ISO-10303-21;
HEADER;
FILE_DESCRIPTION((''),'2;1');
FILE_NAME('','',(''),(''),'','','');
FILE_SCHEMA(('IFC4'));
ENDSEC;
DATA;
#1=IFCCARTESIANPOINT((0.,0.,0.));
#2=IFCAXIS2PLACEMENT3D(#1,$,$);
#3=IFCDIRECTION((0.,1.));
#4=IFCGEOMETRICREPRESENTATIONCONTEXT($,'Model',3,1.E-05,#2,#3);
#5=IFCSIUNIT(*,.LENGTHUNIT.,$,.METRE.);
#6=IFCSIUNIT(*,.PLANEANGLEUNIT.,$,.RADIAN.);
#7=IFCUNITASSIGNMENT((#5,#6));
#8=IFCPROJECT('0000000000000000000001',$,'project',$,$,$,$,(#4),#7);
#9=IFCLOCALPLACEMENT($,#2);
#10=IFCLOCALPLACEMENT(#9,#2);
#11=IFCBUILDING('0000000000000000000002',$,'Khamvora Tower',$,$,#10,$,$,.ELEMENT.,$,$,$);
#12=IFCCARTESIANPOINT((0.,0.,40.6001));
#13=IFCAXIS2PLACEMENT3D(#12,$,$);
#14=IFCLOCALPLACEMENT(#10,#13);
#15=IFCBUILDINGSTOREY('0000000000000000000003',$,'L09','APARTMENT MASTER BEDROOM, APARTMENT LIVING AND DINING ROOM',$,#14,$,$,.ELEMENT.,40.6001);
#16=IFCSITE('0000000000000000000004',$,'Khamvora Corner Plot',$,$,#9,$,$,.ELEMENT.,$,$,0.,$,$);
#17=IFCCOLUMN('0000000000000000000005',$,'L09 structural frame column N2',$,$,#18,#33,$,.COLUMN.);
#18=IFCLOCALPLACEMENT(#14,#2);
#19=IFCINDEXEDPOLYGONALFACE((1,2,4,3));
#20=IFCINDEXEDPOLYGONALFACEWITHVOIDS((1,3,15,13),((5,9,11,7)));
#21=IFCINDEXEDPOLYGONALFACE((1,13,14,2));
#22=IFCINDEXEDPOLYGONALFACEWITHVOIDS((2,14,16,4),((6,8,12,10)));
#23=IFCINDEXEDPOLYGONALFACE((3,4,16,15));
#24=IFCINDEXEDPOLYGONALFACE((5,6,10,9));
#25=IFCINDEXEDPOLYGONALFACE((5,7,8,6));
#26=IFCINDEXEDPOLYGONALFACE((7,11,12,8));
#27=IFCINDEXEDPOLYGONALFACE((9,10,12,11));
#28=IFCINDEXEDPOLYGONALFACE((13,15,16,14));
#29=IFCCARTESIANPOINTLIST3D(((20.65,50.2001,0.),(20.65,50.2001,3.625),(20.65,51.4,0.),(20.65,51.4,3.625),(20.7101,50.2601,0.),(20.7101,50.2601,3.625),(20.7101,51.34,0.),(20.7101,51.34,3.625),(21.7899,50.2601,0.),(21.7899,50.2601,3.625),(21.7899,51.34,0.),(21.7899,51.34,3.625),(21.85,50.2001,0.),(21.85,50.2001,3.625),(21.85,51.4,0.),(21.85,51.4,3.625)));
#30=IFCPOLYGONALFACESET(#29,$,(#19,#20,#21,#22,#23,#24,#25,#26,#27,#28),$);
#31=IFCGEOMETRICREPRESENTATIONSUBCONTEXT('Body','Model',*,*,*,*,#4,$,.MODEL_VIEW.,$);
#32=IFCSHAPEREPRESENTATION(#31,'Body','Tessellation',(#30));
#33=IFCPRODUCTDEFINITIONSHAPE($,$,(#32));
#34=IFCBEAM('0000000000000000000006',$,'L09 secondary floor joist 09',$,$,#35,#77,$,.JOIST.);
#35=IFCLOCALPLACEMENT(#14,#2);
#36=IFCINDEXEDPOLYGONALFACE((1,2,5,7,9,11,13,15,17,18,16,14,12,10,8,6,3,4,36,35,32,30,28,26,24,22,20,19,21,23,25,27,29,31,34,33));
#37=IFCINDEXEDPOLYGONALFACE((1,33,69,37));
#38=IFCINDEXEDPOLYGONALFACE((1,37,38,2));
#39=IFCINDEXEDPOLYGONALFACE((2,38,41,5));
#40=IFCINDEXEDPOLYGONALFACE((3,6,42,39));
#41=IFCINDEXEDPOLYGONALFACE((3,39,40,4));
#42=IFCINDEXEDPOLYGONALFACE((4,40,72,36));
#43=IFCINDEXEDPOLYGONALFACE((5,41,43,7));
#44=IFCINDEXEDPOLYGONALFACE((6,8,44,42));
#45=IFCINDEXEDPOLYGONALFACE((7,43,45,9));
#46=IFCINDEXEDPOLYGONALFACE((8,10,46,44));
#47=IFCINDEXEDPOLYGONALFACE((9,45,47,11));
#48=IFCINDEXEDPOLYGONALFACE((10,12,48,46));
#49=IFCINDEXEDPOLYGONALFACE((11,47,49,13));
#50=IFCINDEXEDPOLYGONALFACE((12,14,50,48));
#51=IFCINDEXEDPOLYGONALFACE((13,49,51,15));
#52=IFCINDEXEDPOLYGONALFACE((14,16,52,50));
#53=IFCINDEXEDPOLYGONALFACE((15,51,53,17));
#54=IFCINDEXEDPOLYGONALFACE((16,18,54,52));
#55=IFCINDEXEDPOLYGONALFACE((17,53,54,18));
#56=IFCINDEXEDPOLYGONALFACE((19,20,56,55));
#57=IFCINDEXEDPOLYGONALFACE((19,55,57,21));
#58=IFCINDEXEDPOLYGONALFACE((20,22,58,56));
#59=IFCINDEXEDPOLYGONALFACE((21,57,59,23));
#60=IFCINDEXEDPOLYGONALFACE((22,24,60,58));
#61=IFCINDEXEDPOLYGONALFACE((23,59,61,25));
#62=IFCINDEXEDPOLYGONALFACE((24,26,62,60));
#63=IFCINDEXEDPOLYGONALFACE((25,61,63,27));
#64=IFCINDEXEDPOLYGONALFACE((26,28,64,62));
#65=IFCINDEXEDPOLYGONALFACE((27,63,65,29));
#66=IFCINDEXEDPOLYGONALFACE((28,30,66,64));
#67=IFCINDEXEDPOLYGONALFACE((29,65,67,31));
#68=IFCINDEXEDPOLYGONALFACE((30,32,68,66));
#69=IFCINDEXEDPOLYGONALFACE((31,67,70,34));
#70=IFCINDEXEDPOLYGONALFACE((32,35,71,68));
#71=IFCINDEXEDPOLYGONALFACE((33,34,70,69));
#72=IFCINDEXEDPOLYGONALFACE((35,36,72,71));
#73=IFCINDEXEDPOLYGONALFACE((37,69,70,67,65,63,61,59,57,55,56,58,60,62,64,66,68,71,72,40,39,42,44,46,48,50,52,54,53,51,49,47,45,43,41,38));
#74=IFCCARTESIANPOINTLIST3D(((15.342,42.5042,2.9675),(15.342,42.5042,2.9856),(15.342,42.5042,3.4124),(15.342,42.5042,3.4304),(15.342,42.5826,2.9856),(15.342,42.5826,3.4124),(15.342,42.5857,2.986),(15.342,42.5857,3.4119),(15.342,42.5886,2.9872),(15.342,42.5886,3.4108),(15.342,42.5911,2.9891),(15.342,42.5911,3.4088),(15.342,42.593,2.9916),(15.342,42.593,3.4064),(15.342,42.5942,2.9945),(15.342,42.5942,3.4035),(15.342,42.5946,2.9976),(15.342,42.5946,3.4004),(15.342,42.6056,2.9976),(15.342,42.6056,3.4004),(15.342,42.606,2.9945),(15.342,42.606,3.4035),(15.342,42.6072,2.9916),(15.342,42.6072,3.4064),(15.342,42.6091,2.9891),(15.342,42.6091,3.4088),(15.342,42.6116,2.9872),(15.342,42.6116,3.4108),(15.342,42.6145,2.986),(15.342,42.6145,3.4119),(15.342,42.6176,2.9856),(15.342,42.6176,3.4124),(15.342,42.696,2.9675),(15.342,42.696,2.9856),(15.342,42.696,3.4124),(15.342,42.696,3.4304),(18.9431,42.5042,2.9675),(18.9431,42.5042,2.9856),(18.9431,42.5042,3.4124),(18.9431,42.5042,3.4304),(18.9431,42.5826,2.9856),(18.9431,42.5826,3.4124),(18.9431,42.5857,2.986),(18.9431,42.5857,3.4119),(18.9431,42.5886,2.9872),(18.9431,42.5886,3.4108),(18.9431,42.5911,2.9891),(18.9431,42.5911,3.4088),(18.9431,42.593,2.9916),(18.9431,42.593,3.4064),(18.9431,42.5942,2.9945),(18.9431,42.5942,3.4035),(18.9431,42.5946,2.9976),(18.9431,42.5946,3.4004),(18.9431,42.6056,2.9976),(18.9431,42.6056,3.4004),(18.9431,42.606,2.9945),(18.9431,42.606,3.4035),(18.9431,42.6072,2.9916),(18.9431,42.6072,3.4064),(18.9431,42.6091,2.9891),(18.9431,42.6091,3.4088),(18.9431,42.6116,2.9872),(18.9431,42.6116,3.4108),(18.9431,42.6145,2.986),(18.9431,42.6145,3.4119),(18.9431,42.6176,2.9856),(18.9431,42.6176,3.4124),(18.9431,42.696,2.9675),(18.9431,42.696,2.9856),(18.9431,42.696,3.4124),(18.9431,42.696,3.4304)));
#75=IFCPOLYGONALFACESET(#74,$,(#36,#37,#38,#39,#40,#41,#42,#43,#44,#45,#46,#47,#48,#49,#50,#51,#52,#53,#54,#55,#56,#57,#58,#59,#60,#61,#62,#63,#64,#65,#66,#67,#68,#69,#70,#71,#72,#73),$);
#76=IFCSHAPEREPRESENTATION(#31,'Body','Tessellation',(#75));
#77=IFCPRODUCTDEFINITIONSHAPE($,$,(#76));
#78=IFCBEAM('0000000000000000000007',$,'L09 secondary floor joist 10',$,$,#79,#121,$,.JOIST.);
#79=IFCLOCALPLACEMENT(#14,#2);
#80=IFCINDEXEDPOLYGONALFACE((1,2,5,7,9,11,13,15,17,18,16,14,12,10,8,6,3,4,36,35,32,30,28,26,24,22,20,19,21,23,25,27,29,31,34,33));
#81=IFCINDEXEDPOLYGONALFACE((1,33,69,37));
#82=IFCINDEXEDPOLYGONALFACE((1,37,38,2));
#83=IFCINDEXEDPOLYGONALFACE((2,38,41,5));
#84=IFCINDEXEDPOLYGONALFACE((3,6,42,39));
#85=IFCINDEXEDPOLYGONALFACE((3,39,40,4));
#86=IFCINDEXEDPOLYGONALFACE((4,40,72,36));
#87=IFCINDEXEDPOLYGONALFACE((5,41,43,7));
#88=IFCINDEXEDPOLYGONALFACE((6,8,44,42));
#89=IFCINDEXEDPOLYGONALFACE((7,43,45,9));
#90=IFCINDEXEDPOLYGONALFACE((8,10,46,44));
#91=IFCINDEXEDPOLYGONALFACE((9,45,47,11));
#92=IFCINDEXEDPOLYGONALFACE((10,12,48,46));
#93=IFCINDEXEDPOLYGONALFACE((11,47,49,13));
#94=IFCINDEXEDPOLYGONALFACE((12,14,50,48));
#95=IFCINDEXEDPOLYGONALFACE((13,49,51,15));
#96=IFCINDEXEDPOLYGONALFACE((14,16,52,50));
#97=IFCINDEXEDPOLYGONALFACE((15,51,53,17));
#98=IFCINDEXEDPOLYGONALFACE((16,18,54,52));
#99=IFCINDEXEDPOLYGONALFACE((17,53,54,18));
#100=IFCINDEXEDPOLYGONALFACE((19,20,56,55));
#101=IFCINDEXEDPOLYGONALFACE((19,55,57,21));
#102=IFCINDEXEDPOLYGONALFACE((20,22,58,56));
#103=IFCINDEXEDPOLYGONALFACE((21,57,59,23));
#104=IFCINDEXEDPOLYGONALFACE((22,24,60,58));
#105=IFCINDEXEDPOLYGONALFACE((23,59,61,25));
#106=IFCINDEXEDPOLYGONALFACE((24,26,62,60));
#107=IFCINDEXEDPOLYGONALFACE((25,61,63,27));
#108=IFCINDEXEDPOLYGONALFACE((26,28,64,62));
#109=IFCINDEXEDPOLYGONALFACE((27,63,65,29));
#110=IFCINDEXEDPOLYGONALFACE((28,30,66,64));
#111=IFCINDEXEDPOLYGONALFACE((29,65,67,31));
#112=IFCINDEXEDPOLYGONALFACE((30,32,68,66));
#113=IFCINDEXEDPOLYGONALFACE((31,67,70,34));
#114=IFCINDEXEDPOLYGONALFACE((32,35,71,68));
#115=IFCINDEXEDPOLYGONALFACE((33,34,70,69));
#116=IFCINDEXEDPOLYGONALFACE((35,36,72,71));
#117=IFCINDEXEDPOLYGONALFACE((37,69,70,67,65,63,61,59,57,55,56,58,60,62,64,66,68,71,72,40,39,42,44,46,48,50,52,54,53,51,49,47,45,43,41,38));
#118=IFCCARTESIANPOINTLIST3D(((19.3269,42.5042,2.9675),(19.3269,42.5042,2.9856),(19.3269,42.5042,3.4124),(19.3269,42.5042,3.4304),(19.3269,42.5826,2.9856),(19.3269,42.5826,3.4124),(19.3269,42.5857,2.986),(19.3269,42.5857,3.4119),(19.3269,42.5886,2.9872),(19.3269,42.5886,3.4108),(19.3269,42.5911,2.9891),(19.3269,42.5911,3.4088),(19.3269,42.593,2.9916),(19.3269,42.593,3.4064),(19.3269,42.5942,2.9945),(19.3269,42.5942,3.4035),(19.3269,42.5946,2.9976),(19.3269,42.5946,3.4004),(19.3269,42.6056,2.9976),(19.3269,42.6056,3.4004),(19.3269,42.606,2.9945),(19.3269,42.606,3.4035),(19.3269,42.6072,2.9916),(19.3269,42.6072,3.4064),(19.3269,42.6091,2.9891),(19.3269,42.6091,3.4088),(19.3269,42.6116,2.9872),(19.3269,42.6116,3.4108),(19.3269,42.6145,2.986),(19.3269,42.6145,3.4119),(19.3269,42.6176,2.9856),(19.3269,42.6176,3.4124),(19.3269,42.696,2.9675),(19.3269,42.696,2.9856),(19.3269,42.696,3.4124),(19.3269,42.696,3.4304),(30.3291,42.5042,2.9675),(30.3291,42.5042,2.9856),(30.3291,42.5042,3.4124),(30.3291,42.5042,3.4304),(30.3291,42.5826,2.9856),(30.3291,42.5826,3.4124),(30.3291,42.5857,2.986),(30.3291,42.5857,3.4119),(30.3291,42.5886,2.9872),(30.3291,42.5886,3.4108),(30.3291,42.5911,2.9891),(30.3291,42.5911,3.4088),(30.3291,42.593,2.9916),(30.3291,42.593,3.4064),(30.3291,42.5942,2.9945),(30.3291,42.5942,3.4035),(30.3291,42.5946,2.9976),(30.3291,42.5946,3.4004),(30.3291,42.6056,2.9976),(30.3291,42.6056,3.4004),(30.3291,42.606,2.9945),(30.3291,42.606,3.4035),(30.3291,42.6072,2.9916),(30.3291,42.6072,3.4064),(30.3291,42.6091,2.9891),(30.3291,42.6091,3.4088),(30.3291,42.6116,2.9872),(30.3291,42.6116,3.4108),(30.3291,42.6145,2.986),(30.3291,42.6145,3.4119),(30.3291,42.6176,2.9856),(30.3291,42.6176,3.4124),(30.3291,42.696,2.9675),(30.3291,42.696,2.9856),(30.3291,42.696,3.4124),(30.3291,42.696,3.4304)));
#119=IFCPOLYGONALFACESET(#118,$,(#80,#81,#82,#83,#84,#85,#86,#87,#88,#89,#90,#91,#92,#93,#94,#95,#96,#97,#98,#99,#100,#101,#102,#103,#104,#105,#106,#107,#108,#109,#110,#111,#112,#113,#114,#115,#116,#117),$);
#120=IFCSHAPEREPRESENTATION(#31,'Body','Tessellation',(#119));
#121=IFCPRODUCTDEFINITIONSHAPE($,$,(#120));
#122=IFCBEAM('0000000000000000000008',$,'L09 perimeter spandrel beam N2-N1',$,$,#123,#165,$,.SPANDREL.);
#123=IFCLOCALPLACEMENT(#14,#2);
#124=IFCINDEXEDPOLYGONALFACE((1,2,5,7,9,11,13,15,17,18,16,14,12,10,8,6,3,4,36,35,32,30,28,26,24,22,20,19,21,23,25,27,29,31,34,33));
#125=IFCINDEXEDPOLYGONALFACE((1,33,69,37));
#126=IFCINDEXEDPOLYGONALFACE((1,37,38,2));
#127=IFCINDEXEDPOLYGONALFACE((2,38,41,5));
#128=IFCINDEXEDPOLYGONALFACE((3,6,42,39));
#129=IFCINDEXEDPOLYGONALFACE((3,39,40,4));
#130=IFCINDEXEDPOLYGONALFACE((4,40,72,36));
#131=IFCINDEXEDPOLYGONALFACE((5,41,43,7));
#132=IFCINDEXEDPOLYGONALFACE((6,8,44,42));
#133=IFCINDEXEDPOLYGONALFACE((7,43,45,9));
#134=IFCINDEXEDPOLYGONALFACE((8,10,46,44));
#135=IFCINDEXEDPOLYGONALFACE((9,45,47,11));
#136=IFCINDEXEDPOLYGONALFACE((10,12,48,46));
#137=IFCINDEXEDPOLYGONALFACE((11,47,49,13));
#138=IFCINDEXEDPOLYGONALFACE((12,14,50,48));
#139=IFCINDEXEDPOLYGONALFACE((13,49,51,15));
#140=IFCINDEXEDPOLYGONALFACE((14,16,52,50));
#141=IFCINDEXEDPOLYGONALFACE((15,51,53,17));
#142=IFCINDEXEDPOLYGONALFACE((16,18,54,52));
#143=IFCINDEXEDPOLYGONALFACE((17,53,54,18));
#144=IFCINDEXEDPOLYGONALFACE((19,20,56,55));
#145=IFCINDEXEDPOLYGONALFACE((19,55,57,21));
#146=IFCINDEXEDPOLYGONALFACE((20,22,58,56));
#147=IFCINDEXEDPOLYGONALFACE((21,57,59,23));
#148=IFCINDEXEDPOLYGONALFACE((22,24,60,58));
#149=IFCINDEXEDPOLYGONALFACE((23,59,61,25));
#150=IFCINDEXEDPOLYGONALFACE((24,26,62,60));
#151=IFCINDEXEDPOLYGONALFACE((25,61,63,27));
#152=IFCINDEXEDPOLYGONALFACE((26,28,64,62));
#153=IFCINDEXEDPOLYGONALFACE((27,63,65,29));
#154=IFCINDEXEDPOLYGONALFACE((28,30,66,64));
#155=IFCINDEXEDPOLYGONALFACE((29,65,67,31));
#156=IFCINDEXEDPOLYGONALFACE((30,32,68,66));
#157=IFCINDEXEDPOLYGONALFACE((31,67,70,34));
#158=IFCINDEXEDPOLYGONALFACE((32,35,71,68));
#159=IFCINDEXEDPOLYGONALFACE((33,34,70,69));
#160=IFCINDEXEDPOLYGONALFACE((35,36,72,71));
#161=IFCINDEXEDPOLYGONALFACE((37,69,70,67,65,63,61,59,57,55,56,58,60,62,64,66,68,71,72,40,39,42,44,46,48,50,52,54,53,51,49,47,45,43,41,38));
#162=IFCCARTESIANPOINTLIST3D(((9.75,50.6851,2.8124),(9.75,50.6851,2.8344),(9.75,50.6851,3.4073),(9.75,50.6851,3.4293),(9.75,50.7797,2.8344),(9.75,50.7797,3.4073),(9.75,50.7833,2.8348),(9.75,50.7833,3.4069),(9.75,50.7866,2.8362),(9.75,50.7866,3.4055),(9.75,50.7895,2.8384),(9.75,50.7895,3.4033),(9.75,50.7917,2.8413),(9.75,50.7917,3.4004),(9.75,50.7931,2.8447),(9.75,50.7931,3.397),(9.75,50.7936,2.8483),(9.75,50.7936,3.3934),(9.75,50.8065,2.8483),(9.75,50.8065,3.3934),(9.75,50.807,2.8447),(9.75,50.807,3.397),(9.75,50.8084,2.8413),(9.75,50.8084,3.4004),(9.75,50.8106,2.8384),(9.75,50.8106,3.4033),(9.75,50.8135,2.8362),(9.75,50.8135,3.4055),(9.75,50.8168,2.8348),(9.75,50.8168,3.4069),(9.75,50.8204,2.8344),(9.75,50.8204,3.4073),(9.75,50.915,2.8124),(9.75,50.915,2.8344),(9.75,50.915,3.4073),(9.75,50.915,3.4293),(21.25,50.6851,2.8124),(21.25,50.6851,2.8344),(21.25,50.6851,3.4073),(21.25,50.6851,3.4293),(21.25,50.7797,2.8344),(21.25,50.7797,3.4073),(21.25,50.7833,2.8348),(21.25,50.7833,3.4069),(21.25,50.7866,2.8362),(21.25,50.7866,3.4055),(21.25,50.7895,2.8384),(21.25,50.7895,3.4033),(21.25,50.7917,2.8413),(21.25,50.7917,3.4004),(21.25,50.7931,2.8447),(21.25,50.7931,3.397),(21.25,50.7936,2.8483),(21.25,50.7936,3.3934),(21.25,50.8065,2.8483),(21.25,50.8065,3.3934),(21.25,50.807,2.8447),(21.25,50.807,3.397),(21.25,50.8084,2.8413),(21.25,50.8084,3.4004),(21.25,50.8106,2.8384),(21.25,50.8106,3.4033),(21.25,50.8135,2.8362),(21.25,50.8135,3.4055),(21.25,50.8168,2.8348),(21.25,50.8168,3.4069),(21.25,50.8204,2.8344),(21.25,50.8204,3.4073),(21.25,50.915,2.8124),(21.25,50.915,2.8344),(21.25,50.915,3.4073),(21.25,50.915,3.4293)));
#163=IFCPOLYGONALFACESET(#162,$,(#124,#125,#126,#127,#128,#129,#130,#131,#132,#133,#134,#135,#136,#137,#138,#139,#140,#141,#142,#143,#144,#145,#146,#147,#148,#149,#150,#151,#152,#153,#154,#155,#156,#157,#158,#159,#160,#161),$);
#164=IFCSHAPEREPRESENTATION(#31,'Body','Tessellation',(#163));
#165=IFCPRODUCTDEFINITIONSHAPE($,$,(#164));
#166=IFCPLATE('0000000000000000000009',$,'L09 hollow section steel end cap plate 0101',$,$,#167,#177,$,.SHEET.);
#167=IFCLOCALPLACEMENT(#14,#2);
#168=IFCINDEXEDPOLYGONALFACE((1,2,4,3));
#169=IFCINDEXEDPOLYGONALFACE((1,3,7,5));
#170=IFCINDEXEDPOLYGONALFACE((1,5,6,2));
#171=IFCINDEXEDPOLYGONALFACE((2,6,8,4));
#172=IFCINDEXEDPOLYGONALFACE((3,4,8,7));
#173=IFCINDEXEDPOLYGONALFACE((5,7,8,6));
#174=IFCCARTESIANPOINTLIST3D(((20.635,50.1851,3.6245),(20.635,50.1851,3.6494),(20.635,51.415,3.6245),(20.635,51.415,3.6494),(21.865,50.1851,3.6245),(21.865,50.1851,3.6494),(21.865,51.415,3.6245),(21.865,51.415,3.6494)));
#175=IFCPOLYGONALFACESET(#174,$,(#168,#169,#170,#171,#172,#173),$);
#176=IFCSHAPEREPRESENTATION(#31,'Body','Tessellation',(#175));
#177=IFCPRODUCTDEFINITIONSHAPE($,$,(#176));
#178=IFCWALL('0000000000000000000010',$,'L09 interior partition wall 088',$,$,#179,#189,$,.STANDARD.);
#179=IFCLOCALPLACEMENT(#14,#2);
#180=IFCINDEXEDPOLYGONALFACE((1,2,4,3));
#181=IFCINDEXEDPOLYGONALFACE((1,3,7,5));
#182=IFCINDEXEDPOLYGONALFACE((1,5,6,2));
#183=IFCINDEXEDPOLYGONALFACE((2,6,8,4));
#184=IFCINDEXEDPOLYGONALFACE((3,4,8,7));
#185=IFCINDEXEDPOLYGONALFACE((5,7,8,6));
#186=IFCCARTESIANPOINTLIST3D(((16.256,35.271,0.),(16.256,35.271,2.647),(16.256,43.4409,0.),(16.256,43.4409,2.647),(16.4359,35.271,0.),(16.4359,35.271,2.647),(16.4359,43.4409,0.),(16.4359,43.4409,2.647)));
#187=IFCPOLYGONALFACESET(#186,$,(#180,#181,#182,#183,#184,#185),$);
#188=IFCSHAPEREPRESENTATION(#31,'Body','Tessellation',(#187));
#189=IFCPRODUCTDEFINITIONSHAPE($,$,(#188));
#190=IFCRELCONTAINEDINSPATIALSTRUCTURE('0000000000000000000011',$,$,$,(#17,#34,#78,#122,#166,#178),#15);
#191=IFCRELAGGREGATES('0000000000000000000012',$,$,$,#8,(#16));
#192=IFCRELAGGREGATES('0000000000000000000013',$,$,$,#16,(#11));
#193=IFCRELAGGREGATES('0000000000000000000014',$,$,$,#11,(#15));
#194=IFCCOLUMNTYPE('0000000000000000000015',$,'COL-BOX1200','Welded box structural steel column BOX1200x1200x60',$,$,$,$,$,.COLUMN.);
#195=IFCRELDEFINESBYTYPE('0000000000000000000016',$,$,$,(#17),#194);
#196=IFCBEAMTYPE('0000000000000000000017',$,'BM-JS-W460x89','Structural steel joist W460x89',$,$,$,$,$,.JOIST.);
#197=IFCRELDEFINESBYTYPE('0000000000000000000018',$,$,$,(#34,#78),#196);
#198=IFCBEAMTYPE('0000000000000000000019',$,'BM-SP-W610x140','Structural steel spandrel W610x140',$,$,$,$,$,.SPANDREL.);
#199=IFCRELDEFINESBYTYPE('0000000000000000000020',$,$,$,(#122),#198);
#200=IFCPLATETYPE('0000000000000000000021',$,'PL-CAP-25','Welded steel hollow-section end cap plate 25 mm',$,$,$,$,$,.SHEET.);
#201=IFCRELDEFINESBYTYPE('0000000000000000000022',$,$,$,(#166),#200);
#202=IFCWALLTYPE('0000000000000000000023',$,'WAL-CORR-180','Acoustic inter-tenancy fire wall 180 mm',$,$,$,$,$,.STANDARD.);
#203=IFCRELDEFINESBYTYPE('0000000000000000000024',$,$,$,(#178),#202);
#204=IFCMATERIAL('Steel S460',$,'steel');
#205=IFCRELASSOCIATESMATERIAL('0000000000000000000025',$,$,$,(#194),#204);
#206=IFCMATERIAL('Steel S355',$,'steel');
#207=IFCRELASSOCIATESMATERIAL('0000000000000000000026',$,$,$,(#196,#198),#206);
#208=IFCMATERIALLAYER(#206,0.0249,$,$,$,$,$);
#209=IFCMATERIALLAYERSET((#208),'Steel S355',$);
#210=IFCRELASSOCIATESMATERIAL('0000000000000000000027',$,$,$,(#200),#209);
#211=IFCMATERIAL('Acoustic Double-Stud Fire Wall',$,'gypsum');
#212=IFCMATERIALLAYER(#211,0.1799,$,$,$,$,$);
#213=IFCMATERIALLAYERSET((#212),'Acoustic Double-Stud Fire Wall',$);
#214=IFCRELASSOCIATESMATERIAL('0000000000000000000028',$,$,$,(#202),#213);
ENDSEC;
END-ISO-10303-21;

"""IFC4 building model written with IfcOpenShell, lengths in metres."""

from ifc_helpers import new_model, si_unit, direction, frame, frame_2d, origin, origin_2d, place, context, subcontext, project, spatial, rectangle, hollow_rectangle, i_section, extrude, material, layer, layer_set, material_profile, profile_set, type_object, element, save


model = new_model("IFC4")

# Units and contexts
model_context = context("Model", 3, precision=1e-05, world=origin(), true_north=direction((0.0, 1.0)))
body_context = subcontext(model_context, "Body", "Model", "MODEL_VIEW")
ifc_project = project(units=[si_unit("LENGTHUNIT", "METRE"), si_unit("PLANEANGLEUNIT", "RADIAN")], contexts=[model_context])

# Site, building, storey
site_placement = place(None, origin())
site = spatial("IfcSite", under=ifc_project, at=site_placement, Name="Khamvora Corner Plot", CompositionType="ELEMENT", RefElevation=0.0)
building_placement = place(site_placement, origin())
building = spatial("IfcBuilding", under=site, at=building_placement, Name="Khamvora Tower", CompositionType="ELEMENT")
storey_placement = place(building_placement, frame((0.0, 0.0, 40.6001)))
storey = spatial("IfcBuildingStorey", under=building, at=storey_placement, Name="L09", Description="APARTMENT MASTER BEDROOM, APARTMENT LIVING AND DINING ROOM", CompositionType="ELEMENT", Elevation=40.6001)

# Column
ifc_material_1 = material(Name="Steel S460", Category="steel")
ifc_material_profile_1 = material_profile(ifc_material_1, hollow_rectangle(XDim=1.2, YDim=1.2, WallThickness=0.0601, at=origin_2d()), Name="BOX1200x1200x60")
ifc_profile_set_1 = profile_set([ifc_material_profile_1], Name="Steel S460")
column_type = type_object("IfcColumnType", Name="COL-BOX1200", Description="Welded box structural steel column BOX1200x1200x60", PredefinedType="COLUMN", material=ifc_profile_set_1)
column_placement = place(storey_placement, frame((21.25, 50.8, 0.0), z_axis=(0.0, 0.0, 1.0), x_axis=(1.0, 0.0, 0.0)))
element("IfcColumn", 1, at=column_placement, inside=storey, type_object=column_type, Name="L09 structural frame column N2", PredefinedType="COLUMN", context=body_context, shape_type="SweptSolid", body=[
    extrude(hollow_rectangle(XDim=1.2, YDim=1.2, WallThickness=0.0601, at=origin_2d()), origin(), (0.0, 0.0, 1.0), 3.625),
])

# Beams
ifc_material_2 = material(Name="Steel S355", Category="steel")
ifc_material_profile_2 = material_profile(ifc_material_2, i_section(OverallWidth=0.1919, OverallDepth=0.4629, WebThickness=0.011, FlangeThickness=0.0181, FilletRadius=0.012, at=origin_2d()), Name="W460x89")
ifc_profile_set_2 = profile_set([ifc_material_profile_2], Name="Steel S355")
beam_type_1 = type_object("IfcBeamType", Name="BM-JS-W460x89", Description="Structural steel joist W460x89", PredefinedType="JOIST", material=ifc_profile_set_2)
beam_1_placement = place(storey_placement, frame((15.342, 42.6001, 3.199), z_axis=(1.0, 0.0, 0.0), x_axis=(0.0, 1.0, 0.0)))
element("IfcBeam", 2, at=beam_1_placement, inside=storey, type_object=beam_type_1, Name="L09 secondary floor joist 09", PredefinedType="JOIST", context=body_context, shape_type="SweptSolid", body=[
    extrude(i_section(OverallWidth=0.1919, OverallDepth=0.4629, WebThickness=0.011, FlangeThickness=0.0181, FilletRadius=0.012, at=origin_2d()), origin(), (0.0, 0.0, 1.0), 3.6011),
])
beam_2_placement = place(storey_placement, frame((19.3269, 42.6001, 3.199), z_axis=(1.0, 0.0, 0.0), x_axis=(0.0, 1.0, 0.0)))
element("IfcBeam", 3, at=beam_2_placement, inside=storey, type_object=beam_type_1, Name="L09 secondary floor joist 10", PredefinedType="JOIST", context=body_context, shape_type="SweptSolid", body=[
    extrude(i_section(OverallWidth=0.1919, OverallDepth=0.4629, WebThickness=0.011, FlangeThickness=0.0181, FilletRadius=0.012, at=origin_2d()), origin(), (0.0, 0.0, 1.0), 11.0022),
])
ifc_material_profile_3 = material_profile(ifc_material_2, i_section(OverallWidth=0.23, OverallDepth=0.6169, WebThickness=0.0129, FlangeThickness=0.022, FilletRadius=0.0139, at=origin_2d()), Name="W610x140")
ifc_profile_set_3 = profile_set([ifc_material_profile_3], Name="Steel S355")
beam_type_2 = type_object("IfcBeamType", Name="BM-SP-W610x140", Description="Structural steel spandrel W610x140", PredefinedType="SPANDREL", material=ifc_profile_set_3)
beam_3_placement = place(storey_placement, frame((21.25, 50.8, 3.1208), z_axis=(-1.0, 0.0, 0.0), x_axis=(0.0, -1.0, 0.0)))
element("IfcBeam", 4, at=beam_3_placement, inside=storey, type_object=beam_type_2, Name="L09 perimeter spandrel beam N2-N1", PredefinedType="SPANDREL", context=body_context, shape_type="SweptSolid", body=[
    extrude(i_section(OverallWidth=0.23, OverallDepth=0.6169, WebThickness=0.0129, FlangeThickness=0.022, FilletRadius=0.0139, at=origin_2d()), origin(), (0.0, 0.0, 1.0), 11.5),
])

# Plate
ifc_layer_1 = layer(ifc_material_2, 0.0249)
ifc_layer_set_1 = layer_set([ifc_layer_1], Name="Steel S355")
plate_type = type_object("IfcPlateType", Name="PL-CAP-25", Description="Welded steel hollow-section end cap plate 25 mm", PredefinedType="SHEET", material=ifc_layer_set_1)
plate_placement = place(storey_placement, frame((21.25, 50.8, 3.6245), z_axis=(0.0, 0.0, 1.0), x_axis=(1.0, 0.0, 0.0)))
element("IfcPlate", 5, at=plate_placement, inside=storey, type_object=plate_type, Name="L09 hollow section steel end cap plate 0101", PredefinedType="SHEET", context=body_context, shape_type="SweptSolid", body=[
    extrude(rectangle(XDim=1.23, YDim=1.23, at=origin_2d()), origin(), (0.0, 0.0, 1.0), 0.0249),
])

# Wall
ifc_material_3 = material(Name="Acoustic Double-Stud Fire Wall", Category="gypsum")
ifc_layer_2 = layer(ifc_material_3, 0.1799)
ifc_layer_set_2 = layer_set([ifc_layer_2], Name="Acoustic Double-Stud Fire Wall")
wall_type_1 = type_object("IfcWallType", Name="WAL-CORR-180", Description="Acoustic inter-tenancy fire wall 180 mm", PredefinedType="STANDARD", material=ifc_layer_set_2)
wall_1_placement = place(storey_placement, frame((16.3459, 43.4409, 0.0), z_axis=(0.0, 0.0, 1.0), x_axis=(0.0, -1.0, 0.0)))
element("IfcWall", 6, at=wall_1_placement, inside=storey, type_object=wall_type_1, Name="L09 interior partition wall 088", PredefinedType="STANDARD", context=body_context, shape_type="SweptSolid", body=[
    extrude(rectangle(XDim=8.1699, YDim=0.1799, at=frame_2d((4.085, 0.0))), origin(), (0.0, 0.0, 1.0), 2.647),
])

save(model, "model.ifc")
